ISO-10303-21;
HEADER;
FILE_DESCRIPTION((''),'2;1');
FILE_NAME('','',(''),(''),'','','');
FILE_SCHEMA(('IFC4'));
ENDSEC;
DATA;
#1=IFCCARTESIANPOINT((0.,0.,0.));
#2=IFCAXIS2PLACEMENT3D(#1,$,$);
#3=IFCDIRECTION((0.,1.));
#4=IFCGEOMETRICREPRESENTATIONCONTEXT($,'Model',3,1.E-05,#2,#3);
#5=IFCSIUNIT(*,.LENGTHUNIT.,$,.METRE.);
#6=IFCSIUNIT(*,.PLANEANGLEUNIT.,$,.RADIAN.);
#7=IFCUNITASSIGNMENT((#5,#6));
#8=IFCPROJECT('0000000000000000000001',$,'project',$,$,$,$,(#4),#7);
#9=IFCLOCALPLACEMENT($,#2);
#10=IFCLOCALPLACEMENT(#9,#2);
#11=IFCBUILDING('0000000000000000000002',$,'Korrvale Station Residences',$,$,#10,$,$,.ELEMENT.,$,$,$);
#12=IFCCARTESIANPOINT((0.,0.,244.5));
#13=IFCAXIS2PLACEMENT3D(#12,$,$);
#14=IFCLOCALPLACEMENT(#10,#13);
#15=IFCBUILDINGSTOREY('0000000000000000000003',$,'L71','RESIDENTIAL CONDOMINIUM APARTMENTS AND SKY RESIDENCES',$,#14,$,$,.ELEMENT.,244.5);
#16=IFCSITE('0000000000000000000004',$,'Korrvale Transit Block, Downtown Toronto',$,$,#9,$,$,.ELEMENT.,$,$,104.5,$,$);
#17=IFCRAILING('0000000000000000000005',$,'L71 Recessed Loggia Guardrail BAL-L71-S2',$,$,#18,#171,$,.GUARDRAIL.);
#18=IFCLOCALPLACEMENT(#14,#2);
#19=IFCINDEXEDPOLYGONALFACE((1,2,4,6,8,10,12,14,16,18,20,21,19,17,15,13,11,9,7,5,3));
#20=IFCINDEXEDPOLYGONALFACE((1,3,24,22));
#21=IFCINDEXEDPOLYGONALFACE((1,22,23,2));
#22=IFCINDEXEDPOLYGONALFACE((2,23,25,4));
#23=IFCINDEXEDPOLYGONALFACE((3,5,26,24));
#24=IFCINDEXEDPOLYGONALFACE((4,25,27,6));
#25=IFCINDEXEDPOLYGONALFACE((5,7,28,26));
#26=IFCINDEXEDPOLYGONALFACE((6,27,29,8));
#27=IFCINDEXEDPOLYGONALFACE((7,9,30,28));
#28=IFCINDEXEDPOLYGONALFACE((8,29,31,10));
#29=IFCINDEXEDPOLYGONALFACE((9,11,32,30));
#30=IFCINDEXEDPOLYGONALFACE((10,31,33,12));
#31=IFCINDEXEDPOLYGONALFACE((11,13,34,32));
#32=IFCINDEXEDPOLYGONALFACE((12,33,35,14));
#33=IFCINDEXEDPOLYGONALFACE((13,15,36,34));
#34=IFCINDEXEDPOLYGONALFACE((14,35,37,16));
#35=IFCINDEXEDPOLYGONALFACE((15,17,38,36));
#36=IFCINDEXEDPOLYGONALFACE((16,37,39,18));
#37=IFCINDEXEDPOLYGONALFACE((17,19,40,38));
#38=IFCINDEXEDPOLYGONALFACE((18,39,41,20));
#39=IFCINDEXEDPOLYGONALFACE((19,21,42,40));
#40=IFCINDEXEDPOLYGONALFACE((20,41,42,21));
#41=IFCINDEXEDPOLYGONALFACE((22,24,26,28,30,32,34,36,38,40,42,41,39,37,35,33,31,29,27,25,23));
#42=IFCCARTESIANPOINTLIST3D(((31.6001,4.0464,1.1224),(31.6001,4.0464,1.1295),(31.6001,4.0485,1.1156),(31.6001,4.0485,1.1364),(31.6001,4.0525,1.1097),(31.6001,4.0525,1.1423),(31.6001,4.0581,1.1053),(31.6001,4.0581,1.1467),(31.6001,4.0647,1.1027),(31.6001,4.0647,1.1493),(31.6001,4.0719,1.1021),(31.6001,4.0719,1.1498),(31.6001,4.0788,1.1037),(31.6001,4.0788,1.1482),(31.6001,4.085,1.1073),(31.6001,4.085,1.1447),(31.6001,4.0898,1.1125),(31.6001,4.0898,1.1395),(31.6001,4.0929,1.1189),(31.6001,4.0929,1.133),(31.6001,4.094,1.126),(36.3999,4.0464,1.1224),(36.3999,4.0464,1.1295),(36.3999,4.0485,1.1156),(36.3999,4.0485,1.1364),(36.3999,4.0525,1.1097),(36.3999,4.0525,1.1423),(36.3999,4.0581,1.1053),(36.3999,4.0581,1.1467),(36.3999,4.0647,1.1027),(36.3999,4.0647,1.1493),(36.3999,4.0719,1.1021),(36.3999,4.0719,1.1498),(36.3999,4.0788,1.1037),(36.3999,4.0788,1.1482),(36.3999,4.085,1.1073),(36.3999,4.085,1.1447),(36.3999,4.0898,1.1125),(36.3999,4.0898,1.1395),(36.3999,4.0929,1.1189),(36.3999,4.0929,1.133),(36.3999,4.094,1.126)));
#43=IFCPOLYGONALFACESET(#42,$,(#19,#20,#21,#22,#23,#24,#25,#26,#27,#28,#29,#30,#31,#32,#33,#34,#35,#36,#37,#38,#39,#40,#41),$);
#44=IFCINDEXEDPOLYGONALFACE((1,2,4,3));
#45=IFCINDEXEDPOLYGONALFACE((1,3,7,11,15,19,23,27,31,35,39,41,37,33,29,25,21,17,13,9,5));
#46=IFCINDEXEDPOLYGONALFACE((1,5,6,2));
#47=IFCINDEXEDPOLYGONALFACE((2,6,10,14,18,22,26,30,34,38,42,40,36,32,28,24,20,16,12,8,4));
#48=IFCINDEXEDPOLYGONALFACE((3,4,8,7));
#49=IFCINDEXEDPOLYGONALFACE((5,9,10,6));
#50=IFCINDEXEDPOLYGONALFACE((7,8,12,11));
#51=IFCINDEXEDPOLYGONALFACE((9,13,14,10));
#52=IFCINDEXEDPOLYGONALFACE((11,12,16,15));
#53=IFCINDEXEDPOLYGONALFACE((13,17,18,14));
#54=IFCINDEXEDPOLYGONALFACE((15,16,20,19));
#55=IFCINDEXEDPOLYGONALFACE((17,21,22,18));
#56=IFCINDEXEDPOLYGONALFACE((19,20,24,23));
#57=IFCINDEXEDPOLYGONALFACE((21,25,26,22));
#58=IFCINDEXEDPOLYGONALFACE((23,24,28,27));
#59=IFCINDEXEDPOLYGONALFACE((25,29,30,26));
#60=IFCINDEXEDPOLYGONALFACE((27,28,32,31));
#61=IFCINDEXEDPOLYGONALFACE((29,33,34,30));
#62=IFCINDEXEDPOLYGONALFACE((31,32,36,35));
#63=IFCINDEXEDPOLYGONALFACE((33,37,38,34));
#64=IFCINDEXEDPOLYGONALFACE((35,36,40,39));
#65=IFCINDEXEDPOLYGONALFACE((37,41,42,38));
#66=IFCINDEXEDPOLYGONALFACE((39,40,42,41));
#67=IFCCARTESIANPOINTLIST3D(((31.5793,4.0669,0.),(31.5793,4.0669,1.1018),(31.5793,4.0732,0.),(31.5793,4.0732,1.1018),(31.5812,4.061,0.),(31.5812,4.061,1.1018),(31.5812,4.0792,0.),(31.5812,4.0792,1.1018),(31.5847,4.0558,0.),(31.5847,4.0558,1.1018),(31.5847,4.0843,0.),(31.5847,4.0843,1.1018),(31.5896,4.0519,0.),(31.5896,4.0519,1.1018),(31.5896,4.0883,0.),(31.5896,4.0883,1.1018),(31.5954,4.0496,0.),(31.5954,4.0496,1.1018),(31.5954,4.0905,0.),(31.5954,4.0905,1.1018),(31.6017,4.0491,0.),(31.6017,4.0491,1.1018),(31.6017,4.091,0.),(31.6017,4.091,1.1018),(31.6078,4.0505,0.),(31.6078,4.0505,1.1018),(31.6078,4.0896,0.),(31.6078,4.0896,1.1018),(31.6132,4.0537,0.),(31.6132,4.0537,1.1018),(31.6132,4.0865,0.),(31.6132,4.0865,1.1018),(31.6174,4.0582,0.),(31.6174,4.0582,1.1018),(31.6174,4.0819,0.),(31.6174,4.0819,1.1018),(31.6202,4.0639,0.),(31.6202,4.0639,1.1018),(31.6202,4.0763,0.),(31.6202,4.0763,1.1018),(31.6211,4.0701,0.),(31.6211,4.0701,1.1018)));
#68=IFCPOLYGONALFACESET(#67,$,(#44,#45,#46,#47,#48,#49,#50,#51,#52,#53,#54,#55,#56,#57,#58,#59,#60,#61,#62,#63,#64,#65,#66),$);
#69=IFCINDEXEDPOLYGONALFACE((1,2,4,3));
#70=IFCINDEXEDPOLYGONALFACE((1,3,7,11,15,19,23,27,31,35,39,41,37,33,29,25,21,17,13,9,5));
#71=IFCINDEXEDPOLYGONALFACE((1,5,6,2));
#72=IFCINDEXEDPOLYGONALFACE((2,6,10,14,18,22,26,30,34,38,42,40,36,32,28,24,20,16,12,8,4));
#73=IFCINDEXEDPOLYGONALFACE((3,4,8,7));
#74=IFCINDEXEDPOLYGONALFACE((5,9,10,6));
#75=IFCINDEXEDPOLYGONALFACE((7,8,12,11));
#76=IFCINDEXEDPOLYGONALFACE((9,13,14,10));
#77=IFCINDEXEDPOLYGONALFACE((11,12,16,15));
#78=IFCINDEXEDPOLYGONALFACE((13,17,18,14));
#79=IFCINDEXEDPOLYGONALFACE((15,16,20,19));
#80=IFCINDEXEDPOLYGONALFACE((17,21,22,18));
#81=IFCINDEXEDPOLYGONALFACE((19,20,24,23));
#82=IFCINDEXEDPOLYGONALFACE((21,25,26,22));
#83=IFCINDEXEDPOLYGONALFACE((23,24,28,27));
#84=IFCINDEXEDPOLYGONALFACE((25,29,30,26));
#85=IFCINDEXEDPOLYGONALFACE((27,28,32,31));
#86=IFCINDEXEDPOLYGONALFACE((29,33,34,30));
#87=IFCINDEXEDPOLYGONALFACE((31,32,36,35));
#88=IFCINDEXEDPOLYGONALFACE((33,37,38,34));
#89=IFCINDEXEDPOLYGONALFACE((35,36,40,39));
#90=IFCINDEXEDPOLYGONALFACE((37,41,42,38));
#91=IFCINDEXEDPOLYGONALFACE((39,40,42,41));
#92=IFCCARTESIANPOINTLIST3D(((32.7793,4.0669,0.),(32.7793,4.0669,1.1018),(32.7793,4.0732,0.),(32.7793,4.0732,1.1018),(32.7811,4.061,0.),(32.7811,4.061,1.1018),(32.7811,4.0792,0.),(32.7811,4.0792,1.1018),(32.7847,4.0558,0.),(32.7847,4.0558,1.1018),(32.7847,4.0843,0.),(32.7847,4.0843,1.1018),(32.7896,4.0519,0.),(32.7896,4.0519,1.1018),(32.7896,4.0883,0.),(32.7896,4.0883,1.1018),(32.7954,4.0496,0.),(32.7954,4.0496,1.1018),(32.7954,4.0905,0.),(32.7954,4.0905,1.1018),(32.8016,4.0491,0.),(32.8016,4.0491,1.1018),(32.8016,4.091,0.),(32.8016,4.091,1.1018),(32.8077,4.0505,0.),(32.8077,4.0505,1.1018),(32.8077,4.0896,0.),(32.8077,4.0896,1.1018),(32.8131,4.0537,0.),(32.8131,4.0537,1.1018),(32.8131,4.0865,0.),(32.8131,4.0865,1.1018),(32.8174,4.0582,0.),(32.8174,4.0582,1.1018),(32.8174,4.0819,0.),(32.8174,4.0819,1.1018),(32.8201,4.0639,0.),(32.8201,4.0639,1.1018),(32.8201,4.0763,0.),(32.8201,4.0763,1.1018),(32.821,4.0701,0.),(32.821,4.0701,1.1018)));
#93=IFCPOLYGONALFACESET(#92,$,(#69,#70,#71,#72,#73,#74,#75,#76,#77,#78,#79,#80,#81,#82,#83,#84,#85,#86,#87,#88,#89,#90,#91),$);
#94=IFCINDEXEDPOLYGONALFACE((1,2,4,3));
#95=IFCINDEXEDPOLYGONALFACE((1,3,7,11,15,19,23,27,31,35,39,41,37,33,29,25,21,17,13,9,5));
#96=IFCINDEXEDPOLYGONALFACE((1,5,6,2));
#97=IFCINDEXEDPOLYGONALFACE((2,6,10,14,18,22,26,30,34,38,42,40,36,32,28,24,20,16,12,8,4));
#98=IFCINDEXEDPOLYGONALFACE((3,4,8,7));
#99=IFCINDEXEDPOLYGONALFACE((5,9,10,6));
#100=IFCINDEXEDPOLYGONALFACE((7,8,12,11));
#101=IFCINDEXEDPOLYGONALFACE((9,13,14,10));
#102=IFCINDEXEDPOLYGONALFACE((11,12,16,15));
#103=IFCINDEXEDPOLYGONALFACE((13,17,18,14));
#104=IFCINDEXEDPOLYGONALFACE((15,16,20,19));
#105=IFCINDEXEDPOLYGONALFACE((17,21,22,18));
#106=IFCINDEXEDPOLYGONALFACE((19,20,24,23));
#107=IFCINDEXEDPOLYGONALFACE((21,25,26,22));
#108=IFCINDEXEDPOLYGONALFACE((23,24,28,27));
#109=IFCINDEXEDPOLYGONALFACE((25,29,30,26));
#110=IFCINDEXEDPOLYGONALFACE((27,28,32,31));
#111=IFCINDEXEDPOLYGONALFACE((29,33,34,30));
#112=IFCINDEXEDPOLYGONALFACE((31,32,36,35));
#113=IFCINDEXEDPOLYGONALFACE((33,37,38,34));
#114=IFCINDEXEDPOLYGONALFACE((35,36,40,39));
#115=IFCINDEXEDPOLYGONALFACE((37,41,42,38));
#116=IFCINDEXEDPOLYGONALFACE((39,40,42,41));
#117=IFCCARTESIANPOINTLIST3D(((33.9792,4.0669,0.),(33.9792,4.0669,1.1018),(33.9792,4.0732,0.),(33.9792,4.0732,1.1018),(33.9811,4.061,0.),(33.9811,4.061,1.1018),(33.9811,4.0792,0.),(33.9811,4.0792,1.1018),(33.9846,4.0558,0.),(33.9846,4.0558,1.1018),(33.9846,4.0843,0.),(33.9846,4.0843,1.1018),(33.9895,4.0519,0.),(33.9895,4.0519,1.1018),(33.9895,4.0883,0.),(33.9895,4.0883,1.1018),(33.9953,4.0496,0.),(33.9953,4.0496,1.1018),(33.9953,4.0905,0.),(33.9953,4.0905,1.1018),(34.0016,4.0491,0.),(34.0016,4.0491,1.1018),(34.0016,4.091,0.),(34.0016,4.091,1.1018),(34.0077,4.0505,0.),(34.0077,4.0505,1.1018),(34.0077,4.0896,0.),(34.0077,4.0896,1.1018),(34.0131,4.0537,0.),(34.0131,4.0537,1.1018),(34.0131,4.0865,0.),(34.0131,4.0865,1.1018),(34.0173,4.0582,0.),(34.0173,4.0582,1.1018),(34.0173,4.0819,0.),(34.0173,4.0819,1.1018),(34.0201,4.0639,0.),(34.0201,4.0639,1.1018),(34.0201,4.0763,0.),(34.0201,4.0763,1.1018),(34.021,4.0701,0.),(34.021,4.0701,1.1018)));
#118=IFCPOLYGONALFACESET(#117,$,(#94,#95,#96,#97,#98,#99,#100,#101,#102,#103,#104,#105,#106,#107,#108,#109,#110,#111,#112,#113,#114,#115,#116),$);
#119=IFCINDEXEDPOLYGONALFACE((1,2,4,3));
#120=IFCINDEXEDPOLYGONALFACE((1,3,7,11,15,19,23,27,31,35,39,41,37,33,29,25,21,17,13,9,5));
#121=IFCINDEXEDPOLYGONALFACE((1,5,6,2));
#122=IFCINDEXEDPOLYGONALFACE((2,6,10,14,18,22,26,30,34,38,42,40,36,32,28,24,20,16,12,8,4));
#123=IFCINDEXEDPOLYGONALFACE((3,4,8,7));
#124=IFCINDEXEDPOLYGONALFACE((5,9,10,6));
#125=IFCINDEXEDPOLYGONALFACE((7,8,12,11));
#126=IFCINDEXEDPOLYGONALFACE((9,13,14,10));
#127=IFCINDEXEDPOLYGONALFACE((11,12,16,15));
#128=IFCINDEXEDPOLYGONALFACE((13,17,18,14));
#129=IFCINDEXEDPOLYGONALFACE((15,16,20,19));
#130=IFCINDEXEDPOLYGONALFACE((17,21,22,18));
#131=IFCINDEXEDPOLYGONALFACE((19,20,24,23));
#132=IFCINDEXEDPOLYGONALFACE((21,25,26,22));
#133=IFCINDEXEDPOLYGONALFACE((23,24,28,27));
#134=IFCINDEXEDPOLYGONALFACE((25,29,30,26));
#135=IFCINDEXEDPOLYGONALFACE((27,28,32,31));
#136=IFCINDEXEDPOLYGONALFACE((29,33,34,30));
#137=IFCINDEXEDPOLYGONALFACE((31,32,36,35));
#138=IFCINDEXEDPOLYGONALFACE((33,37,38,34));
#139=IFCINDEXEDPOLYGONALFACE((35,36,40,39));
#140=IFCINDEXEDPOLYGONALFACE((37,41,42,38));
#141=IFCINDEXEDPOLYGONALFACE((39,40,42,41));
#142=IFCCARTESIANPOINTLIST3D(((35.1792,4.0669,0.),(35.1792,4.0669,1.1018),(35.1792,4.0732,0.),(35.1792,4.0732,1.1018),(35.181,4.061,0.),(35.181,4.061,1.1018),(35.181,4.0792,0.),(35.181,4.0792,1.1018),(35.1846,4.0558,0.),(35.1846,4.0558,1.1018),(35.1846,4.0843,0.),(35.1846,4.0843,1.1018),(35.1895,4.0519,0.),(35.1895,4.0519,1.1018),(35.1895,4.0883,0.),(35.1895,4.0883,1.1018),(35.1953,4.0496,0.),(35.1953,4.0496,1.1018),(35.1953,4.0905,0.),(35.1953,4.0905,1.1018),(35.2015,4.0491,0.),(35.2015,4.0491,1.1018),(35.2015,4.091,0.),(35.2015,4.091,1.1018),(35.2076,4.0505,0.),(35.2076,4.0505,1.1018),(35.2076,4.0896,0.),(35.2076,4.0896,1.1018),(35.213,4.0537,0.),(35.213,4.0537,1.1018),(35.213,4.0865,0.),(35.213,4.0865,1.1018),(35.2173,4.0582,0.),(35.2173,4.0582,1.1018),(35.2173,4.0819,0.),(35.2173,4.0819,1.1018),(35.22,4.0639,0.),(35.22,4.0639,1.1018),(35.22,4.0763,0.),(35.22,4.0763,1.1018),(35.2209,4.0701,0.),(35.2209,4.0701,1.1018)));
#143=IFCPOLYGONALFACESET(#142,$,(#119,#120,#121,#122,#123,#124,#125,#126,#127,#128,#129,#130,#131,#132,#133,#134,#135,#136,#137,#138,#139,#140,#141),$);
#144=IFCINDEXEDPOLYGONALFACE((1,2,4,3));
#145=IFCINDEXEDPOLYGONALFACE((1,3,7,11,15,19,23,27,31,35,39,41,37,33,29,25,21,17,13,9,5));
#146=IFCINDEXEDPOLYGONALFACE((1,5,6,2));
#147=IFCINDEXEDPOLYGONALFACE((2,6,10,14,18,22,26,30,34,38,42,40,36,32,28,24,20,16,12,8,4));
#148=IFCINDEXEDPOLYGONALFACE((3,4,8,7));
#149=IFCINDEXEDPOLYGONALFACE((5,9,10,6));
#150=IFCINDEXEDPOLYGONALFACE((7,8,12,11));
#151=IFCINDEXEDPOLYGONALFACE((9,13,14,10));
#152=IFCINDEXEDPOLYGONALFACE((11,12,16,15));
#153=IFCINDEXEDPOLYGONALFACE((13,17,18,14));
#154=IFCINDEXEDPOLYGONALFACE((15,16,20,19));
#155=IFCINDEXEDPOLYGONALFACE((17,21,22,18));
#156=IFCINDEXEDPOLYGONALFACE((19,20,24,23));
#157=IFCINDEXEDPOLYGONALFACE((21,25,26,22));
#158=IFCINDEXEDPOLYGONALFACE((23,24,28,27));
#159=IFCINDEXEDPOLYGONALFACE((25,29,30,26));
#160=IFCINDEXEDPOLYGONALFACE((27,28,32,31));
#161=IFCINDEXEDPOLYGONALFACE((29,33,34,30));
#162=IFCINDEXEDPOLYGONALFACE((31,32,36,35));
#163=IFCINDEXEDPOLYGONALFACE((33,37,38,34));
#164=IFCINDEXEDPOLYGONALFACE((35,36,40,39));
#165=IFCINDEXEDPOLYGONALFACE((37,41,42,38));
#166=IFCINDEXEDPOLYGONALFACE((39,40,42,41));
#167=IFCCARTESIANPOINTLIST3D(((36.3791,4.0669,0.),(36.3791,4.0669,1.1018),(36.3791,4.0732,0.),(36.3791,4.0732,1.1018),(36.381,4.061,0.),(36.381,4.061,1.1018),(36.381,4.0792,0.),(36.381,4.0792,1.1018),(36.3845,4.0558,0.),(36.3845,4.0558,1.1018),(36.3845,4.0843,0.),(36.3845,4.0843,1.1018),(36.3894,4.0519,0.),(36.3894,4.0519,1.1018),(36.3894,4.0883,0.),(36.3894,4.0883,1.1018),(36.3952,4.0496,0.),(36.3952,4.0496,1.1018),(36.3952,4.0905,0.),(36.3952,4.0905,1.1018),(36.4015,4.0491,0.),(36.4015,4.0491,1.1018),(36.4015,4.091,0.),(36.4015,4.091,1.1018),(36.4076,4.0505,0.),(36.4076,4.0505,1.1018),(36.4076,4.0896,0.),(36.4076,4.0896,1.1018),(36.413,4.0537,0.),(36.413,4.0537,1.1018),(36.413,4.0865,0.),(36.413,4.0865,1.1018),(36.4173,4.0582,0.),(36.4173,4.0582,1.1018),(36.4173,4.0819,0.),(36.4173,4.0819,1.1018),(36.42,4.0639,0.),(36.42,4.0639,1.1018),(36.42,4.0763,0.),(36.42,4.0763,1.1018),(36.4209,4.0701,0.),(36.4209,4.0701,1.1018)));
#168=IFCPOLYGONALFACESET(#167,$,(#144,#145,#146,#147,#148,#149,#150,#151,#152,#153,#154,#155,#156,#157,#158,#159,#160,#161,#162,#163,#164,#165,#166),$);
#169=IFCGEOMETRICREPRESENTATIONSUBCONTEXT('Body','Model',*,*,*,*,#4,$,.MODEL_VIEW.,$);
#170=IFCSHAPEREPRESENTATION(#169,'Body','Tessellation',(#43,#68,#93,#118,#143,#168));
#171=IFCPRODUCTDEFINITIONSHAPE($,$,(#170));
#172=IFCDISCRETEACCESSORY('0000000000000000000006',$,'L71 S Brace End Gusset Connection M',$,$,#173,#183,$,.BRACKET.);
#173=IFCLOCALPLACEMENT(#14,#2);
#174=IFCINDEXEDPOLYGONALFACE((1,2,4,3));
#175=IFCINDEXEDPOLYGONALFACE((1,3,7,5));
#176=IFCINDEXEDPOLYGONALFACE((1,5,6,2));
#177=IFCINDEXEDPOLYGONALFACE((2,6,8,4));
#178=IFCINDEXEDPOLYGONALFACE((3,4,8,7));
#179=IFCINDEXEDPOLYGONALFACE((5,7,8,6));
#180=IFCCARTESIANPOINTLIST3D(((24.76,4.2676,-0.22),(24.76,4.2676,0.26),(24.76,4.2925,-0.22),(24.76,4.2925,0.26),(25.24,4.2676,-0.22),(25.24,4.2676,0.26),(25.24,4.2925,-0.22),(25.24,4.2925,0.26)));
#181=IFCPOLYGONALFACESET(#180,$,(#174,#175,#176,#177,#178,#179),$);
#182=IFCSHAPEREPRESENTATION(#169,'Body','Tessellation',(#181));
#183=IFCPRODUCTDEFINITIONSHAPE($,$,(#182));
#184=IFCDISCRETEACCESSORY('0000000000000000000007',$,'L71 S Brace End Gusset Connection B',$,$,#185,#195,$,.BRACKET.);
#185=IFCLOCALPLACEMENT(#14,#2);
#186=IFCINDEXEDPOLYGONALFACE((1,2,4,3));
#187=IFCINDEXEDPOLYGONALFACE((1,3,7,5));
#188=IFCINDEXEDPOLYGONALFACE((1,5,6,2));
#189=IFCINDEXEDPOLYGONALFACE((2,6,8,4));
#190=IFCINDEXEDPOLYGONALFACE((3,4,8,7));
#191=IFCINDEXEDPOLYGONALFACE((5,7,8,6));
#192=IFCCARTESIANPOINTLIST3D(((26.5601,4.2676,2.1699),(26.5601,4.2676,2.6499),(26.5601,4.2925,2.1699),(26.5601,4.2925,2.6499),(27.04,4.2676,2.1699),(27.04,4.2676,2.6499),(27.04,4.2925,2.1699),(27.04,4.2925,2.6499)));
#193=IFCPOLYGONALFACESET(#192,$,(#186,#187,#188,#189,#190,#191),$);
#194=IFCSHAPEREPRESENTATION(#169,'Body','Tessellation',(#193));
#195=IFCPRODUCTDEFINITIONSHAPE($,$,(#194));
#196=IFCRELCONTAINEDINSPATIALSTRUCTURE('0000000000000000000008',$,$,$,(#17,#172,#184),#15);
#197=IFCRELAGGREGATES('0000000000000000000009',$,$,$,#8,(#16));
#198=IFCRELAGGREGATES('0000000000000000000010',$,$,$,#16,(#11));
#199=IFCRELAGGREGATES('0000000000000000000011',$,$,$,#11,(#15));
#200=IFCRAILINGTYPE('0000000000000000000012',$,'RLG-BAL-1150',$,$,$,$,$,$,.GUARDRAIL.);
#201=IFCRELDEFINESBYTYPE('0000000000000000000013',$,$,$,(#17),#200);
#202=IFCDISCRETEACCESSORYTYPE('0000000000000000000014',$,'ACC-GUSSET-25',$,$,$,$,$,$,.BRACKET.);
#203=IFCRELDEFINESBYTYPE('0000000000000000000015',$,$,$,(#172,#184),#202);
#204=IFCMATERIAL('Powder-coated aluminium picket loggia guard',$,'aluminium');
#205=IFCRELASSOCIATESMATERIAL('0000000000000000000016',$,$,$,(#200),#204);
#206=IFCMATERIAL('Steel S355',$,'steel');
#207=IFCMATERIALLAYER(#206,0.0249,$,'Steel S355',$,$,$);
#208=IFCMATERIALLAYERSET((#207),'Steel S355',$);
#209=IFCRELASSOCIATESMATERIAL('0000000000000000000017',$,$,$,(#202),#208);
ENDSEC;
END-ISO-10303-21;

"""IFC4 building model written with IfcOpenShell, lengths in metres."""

from ifc_helpers import new_model, si_unit, direction, frame, origin, origin_2d, place, context, subcontext, project, spatial, rectangle, circle, extrude, material, layer, layer_set, type_object, element, save


model = new_model("IFC4")

# Units and contexts
model_context = context("Model", 3, precision=1e-05, world=origin(), true_north=direction((0.0, 1.0)))
body_context = subcontext(model_context, "Body", "Model", "MODEL_VIEW")
ifc_project = project(units=[si_unit("LENGTHUNIT", "METRE"), si_unit("PLANEANGLEUNIT", "RADIAN")], contexts=[model_context])

# Site, building, storey
site_placement = place(None, origin())
site = spatial("IfcSite", under=ifc_project, at=site_placement, Name="Korrvale Transit Block, Downtown Toronto", CompositionType="ELEMENT", RefElevation=104.5)
building_placement = place(site_placement, origin())
building = spatial("IfcBuilding", under=site, at=building_placement, Name="Korrvale Station Residences", CompositionType="ELEMENT")
storey_placement = place(building_placement, frame((0.0, 0.0, 244.5)))
storey = spatial("IfcBuildingStorey", under=building, at=storey_placement, Name="L71", Description="RESIDENTIAL CONDOMINIUM APARTMENTS AND SKY RESIDENCES", CompositionType="ELEMENT", Elevation=244.5)

# Shared definitions
ifc_material_1 = material(Name="Steel S355", Category="steel")

# Railing
ifc_material_2 = material(Name="Powder-coated aluminium picket loggia guard", Category="aluminium")
railing_type = type_object("IfcRailingType", Name="RLG-BAL-1150", PredefinedType="GUARDRAIL", material=ifc_material_2)
railing_placement = place(storey_placement, frame((31.6001, 4.0701, 0.0)))
element("IfcRailing", 1, at=railing_placement, inside=storey, type_object=railing_type, Name="L71 Recessed Loggia Guardrail BAL-L71-S2", PredefinedType="GUARDRAIL", context=body_context, shape_type="SweptSolid", body=[
    extrude(circle(Radius=0.0239, at=origin_2d()), frame((0.0, 0.0, 1.126), z_axis=(1.0, 0.0, 0.0), x_axis=(0.0, 1.0, 0.0)), (0.0, 0.0, 1.0), 4.7998),
    extrude(circle(Radius=0.021, at=origin_2d()), origin(), (0.0, 0.0, 1.0), 1.1018),
    extrude(circle(Radius=0.021, at=origin_2d()), frame((1.2, 0.0, 0.0)), (0.0, 0.0, 1.0), 1.1018),
    extrude(circle(Radius=0.021, at=origin_2d()), frame((2.3999, 0.0, 0.0)), (0.0, 0.0, 1.0), 1.1018),
    extrude(circle(Radius=0.021, at=origin_2d()), frame((3.5999, 0.0, 0.0)), (0.0, 0.0, 1.0), 1.1018),
    extrude(circle(Radius=0.021, at=origin_2d()), frame((4.7998, 0.0, 0.0)), (0.0, 0.0, 1.0), 1.1018),
])

# Discrete accessories
ifc_layer_1 = layer(ifc_material_1, 0.0249, Name="Steel S355")
ifc_layer_set_1 = layer_set([ifc_layer_1], Name="Steel S355")
discrete_accessory_type = type_object("IfcDiscreteAccessoryType", Name="ACC-GUSSET-25", PredefinedType="BRACKET", material=ifc_layer_set_1)
for number, where, z_axis, x_axis, name in (
    (2, (25.0, 4.28, -0.22), (0.0, 0.0, 1.0), (1.0, 0.0, 0.0), "L71 S Brace End Gusset Connection M"),
    (3, (26.8, 4.28, 2.1699), (0.0, 0.0, 1.0), (1.0, 0.0, 0.0), "L71 S Brace End Gusset Connection B"),
):
    element("IfcDiscreteAccessory", number, at=place(storey_placement, frame(where, z_axis=z_axis, x_axis=x_axis)), inside=storey, type_object=discrete_accessory_type, Name=name, PredefinedType="BRACKET", context=body_context, shape_type="SweptSolid", body=[
        extrude(rectangle(XDim=0.48, YDim=0.0249, at=origin_2d()), origin(), (0.0, 0.0, 1.0), 0.48),
    ])

save(model, "model.ifc")
